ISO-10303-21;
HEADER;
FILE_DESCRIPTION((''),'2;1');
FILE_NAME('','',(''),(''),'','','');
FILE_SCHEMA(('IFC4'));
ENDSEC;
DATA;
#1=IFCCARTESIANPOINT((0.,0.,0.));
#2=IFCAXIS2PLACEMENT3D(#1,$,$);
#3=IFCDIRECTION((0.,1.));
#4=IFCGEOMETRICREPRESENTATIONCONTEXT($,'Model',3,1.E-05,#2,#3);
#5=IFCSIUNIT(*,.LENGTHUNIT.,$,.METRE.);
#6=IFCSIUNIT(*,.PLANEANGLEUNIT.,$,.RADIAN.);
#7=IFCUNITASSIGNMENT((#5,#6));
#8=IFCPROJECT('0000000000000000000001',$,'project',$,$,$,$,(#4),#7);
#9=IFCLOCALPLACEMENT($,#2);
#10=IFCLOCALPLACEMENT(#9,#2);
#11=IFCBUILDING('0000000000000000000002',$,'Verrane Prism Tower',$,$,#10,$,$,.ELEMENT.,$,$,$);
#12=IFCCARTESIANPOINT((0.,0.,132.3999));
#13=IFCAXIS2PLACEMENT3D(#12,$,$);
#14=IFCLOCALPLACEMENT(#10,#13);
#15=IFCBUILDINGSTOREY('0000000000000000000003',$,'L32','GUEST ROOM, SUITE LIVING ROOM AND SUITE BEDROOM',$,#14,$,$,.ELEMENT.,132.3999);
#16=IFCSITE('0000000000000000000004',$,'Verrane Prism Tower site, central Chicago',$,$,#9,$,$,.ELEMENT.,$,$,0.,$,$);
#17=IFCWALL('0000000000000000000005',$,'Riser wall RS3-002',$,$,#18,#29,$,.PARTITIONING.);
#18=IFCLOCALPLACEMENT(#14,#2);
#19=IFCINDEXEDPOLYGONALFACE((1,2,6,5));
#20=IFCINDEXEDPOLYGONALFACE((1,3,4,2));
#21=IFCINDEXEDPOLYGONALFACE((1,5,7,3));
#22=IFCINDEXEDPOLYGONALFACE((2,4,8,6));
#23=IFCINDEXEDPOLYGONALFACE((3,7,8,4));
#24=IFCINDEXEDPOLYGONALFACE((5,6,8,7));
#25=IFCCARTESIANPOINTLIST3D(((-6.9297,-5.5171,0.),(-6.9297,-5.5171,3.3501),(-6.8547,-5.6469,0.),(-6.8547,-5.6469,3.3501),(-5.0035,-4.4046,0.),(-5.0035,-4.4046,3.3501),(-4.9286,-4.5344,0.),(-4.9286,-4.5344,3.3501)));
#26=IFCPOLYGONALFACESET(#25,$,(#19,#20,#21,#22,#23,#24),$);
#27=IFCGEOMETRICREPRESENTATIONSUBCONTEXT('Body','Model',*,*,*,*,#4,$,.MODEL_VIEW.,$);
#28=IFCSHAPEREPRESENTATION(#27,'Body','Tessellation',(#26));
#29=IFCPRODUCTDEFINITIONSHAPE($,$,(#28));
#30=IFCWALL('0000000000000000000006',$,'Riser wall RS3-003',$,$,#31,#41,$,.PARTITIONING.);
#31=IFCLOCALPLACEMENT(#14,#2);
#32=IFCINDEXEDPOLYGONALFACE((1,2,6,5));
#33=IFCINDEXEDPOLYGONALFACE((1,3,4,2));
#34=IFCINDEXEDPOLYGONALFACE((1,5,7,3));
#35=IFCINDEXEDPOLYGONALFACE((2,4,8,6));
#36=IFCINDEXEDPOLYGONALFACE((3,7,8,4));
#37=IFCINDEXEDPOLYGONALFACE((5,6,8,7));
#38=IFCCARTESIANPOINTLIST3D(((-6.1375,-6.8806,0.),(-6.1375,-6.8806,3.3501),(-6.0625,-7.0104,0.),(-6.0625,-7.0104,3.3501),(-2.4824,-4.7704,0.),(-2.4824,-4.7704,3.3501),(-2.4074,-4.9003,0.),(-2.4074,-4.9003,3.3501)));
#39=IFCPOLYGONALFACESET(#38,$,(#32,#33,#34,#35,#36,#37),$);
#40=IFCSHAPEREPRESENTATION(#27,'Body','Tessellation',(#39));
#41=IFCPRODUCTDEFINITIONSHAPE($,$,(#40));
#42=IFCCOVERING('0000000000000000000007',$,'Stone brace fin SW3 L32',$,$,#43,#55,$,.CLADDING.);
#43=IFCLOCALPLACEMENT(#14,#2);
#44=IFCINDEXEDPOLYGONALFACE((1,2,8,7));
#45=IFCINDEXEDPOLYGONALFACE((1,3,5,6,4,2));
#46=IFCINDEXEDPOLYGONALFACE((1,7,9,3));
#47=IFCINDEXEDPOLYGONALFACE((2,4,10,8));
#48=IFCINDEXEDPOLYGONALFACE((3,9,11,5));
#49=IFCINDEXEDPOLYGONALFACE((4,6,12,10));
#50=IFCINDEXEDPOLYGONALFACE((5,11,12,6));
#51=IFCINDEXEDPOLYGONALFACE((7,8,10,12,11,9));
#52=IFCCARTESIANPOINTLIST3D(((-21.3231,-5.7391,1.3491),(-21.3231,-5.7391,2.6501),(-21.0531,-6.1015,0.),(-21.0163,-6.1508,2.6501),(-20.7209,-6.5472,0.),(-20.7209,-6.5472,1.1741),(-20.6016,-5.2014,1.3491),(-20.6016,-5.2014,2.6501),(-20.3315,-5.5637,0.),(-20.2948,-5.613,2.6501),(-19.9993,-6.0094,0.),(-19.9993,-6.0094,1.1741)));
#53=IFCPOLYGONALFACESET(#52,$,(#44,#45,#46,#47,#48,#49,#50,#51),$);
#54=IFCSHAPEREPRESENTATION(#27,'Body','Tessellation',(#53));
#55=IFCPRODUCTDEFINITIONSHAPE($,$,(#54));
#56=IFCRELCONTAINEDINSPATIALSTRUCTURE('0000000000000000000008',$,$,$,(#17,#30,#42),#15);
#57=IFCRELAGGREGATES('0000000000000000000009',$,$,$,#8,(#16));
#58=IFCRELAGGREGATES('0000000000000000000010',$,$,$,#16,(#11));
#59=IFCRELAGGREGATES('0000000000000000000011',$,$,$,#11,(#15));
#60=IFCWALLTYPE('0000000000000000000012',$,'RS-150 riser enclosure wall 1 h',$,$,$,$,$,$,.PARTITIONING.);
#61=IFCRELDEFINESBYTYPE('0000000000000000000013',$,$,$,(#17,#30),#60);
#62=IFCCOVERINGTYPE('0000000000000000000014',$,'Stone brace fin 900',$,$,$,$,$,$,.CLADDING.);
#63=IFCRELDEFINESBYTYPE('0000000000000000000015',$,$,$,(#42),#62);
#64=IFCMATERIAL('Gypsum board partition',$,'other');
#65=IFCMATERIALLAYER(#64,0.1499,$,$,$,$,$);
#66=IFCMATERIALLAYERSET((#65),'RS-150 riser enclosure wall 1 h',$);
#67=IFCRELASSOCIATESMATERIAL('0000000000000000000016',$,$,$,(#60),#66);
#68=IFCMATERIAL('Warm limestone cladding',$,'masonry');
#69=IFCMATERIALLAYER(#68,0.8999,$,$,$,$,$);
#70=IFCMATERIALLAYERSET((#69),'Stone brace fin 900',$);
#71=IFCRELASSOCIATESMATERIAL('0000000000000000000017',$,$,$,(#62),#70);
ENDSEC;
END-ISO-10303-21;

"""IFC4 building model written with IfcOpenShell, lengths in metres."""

from ifc_helpers import new_model, si_unit, direction, frame, frame_2d, origin, place, context, subcontext, project, spatial, polyline, rectangle, outline, extrude, material, layer, layer_set, type_object, element, save


model = new_model("IFC4")

# Units and contexts
model_context = context("Model", 3, precision=1e-05, world=origin(), true_north=direction((0.0, 1.0)))
body_context = subcontext(model_context, "Body", "Model", "MODEL_VIEW")
ifc_project = project(units=[si_unit("LENGTHUNIT", "METRE"), si_unit("PLANEANGLEUNIT", "RADIAN")], contexts=[model_context])

# Site, building, storey
site_placement = place(None, origin())
site = spatial("IfcSite", under=ifc_project, at=site_placement, Name="Verrane Prism Tower site, central Chicago", CompositionType="ELEMENT", RefElevation=0.0)
building_placement = place(site_placement, origin())
building = spatial("IfcBuilding", under=site, at=building_placement, Name="Verrane Prism Tower", CompositionType="ELEMENT")
storey_placement = place(building_placement, frame((0.0, 0.0, 132.3999)))
storey = spatial("IfcBuildingStorey", under=building, at=storey_placement, Name="L32", Description="GUEST ROOM, SUITE LIVING ROOM AND SUITE BEDROOM", CompositionType="ELEMENT", Elevation=132.3999)

# Walls
ifc_material_1 = material(Name="Gypsum board partition", Category="other")
ifc_layer_1 = layer(ifc_material_1, 0.1499)
ifc_layer_set_1 = layer_set([ifc_layer_1], Name="RS-150 riser enclosure wall 1 h")
wall_type_1 = type_object("IfcWallType", Name="RS-150 riser enclosure wall 1 h", PredefinedType="PARTITIONING", material=ifc_layer_set_1)
wall_1_placement = place(storey_placement, frame((-6.8923, -5.582, 0.0), z_axis=(0.0, 0.0, 1.0), x_axis=(0.865944, 0.50014, 0.0)))
element("IfcWall", 1, at=wall_1_placement, inside=storey, type_object=wall_type_1, Name="Riser wall RS3-002", PredefinedType="PARTITIONING", context=body_context, shape_type="SweptSolid", body=[
    extrude(rectangle(XDim=2.2244, YDim=0.1499, at=frame_2d((1.1123, 0.0))), origin(), (0.0, 0.0, 1.0), 3.3501),
])
wall_2_placement = place(storey_placement, frame((-6.1001, -6.9456, 0.0), z_axis=(0.0, 0.0, 1.0), x_axis=(0.866038, 0.499978, 0.0)))
element("IfcWall", 2, at=wall_2_placement, inside=storey, type_object=wall_type_1, Name="Riser wall RS3-003", PredefinedType="PARTITIONING", context=body_context, shape_type="SweptSolid", body=[
    extrude(rectangle(XDim=4.2205, YDim=0.1499, at=frame_2d((2.1104, 0.0))), origin(), (0.0, 0.0, 1.0), 3.3501),
])

# Covering
ifc_material_2 = material(Name="Warm limestone cladding", Category="masonry")
ifc_layer_2 = layer(ifc_material_2, 0.8999)
ifc_layer_set_2 = layer_set([ifc_layer_2], Name="Stone brace fin 900")
covering_type = type_object("IfcCoveringType", Name="Stone brace fin 900", PredefinedType="CLADDING", material=ifc_layer_set_2)
covering_placement = place(storey_placement, frame((-20.3601, -6.2783, 0.0), z_axis=(0.0, 0.0, 1.0), x_axis=(-0.597594, 0.801799, 0.0)))
element("IfcCovering", 3, at=covering_placement, inside=storey, type_object=covering_type, Name="Stone brace fin SW3 L32", PredefinedType="CLADDING", context=body_context, shape_type="SweptSolid", body=[
    extrude(outline(polyline([(1.0078, 2.6501), (0.4944, 2.6501), (0.0, 1.1741), (0.0, 0.0), (0.5559, 0.0), (1.0078, 1.3491), (1.0078, 2.6501)])), frame((0.0, 0.45, 0.0), z_axis=(0.0, -1.0, 0.0), x_axis=(1.0, 0.0, 0.0)), (0.0, 0.0, 1.0), 0.8999),
])

save(model, "model.ifc")
